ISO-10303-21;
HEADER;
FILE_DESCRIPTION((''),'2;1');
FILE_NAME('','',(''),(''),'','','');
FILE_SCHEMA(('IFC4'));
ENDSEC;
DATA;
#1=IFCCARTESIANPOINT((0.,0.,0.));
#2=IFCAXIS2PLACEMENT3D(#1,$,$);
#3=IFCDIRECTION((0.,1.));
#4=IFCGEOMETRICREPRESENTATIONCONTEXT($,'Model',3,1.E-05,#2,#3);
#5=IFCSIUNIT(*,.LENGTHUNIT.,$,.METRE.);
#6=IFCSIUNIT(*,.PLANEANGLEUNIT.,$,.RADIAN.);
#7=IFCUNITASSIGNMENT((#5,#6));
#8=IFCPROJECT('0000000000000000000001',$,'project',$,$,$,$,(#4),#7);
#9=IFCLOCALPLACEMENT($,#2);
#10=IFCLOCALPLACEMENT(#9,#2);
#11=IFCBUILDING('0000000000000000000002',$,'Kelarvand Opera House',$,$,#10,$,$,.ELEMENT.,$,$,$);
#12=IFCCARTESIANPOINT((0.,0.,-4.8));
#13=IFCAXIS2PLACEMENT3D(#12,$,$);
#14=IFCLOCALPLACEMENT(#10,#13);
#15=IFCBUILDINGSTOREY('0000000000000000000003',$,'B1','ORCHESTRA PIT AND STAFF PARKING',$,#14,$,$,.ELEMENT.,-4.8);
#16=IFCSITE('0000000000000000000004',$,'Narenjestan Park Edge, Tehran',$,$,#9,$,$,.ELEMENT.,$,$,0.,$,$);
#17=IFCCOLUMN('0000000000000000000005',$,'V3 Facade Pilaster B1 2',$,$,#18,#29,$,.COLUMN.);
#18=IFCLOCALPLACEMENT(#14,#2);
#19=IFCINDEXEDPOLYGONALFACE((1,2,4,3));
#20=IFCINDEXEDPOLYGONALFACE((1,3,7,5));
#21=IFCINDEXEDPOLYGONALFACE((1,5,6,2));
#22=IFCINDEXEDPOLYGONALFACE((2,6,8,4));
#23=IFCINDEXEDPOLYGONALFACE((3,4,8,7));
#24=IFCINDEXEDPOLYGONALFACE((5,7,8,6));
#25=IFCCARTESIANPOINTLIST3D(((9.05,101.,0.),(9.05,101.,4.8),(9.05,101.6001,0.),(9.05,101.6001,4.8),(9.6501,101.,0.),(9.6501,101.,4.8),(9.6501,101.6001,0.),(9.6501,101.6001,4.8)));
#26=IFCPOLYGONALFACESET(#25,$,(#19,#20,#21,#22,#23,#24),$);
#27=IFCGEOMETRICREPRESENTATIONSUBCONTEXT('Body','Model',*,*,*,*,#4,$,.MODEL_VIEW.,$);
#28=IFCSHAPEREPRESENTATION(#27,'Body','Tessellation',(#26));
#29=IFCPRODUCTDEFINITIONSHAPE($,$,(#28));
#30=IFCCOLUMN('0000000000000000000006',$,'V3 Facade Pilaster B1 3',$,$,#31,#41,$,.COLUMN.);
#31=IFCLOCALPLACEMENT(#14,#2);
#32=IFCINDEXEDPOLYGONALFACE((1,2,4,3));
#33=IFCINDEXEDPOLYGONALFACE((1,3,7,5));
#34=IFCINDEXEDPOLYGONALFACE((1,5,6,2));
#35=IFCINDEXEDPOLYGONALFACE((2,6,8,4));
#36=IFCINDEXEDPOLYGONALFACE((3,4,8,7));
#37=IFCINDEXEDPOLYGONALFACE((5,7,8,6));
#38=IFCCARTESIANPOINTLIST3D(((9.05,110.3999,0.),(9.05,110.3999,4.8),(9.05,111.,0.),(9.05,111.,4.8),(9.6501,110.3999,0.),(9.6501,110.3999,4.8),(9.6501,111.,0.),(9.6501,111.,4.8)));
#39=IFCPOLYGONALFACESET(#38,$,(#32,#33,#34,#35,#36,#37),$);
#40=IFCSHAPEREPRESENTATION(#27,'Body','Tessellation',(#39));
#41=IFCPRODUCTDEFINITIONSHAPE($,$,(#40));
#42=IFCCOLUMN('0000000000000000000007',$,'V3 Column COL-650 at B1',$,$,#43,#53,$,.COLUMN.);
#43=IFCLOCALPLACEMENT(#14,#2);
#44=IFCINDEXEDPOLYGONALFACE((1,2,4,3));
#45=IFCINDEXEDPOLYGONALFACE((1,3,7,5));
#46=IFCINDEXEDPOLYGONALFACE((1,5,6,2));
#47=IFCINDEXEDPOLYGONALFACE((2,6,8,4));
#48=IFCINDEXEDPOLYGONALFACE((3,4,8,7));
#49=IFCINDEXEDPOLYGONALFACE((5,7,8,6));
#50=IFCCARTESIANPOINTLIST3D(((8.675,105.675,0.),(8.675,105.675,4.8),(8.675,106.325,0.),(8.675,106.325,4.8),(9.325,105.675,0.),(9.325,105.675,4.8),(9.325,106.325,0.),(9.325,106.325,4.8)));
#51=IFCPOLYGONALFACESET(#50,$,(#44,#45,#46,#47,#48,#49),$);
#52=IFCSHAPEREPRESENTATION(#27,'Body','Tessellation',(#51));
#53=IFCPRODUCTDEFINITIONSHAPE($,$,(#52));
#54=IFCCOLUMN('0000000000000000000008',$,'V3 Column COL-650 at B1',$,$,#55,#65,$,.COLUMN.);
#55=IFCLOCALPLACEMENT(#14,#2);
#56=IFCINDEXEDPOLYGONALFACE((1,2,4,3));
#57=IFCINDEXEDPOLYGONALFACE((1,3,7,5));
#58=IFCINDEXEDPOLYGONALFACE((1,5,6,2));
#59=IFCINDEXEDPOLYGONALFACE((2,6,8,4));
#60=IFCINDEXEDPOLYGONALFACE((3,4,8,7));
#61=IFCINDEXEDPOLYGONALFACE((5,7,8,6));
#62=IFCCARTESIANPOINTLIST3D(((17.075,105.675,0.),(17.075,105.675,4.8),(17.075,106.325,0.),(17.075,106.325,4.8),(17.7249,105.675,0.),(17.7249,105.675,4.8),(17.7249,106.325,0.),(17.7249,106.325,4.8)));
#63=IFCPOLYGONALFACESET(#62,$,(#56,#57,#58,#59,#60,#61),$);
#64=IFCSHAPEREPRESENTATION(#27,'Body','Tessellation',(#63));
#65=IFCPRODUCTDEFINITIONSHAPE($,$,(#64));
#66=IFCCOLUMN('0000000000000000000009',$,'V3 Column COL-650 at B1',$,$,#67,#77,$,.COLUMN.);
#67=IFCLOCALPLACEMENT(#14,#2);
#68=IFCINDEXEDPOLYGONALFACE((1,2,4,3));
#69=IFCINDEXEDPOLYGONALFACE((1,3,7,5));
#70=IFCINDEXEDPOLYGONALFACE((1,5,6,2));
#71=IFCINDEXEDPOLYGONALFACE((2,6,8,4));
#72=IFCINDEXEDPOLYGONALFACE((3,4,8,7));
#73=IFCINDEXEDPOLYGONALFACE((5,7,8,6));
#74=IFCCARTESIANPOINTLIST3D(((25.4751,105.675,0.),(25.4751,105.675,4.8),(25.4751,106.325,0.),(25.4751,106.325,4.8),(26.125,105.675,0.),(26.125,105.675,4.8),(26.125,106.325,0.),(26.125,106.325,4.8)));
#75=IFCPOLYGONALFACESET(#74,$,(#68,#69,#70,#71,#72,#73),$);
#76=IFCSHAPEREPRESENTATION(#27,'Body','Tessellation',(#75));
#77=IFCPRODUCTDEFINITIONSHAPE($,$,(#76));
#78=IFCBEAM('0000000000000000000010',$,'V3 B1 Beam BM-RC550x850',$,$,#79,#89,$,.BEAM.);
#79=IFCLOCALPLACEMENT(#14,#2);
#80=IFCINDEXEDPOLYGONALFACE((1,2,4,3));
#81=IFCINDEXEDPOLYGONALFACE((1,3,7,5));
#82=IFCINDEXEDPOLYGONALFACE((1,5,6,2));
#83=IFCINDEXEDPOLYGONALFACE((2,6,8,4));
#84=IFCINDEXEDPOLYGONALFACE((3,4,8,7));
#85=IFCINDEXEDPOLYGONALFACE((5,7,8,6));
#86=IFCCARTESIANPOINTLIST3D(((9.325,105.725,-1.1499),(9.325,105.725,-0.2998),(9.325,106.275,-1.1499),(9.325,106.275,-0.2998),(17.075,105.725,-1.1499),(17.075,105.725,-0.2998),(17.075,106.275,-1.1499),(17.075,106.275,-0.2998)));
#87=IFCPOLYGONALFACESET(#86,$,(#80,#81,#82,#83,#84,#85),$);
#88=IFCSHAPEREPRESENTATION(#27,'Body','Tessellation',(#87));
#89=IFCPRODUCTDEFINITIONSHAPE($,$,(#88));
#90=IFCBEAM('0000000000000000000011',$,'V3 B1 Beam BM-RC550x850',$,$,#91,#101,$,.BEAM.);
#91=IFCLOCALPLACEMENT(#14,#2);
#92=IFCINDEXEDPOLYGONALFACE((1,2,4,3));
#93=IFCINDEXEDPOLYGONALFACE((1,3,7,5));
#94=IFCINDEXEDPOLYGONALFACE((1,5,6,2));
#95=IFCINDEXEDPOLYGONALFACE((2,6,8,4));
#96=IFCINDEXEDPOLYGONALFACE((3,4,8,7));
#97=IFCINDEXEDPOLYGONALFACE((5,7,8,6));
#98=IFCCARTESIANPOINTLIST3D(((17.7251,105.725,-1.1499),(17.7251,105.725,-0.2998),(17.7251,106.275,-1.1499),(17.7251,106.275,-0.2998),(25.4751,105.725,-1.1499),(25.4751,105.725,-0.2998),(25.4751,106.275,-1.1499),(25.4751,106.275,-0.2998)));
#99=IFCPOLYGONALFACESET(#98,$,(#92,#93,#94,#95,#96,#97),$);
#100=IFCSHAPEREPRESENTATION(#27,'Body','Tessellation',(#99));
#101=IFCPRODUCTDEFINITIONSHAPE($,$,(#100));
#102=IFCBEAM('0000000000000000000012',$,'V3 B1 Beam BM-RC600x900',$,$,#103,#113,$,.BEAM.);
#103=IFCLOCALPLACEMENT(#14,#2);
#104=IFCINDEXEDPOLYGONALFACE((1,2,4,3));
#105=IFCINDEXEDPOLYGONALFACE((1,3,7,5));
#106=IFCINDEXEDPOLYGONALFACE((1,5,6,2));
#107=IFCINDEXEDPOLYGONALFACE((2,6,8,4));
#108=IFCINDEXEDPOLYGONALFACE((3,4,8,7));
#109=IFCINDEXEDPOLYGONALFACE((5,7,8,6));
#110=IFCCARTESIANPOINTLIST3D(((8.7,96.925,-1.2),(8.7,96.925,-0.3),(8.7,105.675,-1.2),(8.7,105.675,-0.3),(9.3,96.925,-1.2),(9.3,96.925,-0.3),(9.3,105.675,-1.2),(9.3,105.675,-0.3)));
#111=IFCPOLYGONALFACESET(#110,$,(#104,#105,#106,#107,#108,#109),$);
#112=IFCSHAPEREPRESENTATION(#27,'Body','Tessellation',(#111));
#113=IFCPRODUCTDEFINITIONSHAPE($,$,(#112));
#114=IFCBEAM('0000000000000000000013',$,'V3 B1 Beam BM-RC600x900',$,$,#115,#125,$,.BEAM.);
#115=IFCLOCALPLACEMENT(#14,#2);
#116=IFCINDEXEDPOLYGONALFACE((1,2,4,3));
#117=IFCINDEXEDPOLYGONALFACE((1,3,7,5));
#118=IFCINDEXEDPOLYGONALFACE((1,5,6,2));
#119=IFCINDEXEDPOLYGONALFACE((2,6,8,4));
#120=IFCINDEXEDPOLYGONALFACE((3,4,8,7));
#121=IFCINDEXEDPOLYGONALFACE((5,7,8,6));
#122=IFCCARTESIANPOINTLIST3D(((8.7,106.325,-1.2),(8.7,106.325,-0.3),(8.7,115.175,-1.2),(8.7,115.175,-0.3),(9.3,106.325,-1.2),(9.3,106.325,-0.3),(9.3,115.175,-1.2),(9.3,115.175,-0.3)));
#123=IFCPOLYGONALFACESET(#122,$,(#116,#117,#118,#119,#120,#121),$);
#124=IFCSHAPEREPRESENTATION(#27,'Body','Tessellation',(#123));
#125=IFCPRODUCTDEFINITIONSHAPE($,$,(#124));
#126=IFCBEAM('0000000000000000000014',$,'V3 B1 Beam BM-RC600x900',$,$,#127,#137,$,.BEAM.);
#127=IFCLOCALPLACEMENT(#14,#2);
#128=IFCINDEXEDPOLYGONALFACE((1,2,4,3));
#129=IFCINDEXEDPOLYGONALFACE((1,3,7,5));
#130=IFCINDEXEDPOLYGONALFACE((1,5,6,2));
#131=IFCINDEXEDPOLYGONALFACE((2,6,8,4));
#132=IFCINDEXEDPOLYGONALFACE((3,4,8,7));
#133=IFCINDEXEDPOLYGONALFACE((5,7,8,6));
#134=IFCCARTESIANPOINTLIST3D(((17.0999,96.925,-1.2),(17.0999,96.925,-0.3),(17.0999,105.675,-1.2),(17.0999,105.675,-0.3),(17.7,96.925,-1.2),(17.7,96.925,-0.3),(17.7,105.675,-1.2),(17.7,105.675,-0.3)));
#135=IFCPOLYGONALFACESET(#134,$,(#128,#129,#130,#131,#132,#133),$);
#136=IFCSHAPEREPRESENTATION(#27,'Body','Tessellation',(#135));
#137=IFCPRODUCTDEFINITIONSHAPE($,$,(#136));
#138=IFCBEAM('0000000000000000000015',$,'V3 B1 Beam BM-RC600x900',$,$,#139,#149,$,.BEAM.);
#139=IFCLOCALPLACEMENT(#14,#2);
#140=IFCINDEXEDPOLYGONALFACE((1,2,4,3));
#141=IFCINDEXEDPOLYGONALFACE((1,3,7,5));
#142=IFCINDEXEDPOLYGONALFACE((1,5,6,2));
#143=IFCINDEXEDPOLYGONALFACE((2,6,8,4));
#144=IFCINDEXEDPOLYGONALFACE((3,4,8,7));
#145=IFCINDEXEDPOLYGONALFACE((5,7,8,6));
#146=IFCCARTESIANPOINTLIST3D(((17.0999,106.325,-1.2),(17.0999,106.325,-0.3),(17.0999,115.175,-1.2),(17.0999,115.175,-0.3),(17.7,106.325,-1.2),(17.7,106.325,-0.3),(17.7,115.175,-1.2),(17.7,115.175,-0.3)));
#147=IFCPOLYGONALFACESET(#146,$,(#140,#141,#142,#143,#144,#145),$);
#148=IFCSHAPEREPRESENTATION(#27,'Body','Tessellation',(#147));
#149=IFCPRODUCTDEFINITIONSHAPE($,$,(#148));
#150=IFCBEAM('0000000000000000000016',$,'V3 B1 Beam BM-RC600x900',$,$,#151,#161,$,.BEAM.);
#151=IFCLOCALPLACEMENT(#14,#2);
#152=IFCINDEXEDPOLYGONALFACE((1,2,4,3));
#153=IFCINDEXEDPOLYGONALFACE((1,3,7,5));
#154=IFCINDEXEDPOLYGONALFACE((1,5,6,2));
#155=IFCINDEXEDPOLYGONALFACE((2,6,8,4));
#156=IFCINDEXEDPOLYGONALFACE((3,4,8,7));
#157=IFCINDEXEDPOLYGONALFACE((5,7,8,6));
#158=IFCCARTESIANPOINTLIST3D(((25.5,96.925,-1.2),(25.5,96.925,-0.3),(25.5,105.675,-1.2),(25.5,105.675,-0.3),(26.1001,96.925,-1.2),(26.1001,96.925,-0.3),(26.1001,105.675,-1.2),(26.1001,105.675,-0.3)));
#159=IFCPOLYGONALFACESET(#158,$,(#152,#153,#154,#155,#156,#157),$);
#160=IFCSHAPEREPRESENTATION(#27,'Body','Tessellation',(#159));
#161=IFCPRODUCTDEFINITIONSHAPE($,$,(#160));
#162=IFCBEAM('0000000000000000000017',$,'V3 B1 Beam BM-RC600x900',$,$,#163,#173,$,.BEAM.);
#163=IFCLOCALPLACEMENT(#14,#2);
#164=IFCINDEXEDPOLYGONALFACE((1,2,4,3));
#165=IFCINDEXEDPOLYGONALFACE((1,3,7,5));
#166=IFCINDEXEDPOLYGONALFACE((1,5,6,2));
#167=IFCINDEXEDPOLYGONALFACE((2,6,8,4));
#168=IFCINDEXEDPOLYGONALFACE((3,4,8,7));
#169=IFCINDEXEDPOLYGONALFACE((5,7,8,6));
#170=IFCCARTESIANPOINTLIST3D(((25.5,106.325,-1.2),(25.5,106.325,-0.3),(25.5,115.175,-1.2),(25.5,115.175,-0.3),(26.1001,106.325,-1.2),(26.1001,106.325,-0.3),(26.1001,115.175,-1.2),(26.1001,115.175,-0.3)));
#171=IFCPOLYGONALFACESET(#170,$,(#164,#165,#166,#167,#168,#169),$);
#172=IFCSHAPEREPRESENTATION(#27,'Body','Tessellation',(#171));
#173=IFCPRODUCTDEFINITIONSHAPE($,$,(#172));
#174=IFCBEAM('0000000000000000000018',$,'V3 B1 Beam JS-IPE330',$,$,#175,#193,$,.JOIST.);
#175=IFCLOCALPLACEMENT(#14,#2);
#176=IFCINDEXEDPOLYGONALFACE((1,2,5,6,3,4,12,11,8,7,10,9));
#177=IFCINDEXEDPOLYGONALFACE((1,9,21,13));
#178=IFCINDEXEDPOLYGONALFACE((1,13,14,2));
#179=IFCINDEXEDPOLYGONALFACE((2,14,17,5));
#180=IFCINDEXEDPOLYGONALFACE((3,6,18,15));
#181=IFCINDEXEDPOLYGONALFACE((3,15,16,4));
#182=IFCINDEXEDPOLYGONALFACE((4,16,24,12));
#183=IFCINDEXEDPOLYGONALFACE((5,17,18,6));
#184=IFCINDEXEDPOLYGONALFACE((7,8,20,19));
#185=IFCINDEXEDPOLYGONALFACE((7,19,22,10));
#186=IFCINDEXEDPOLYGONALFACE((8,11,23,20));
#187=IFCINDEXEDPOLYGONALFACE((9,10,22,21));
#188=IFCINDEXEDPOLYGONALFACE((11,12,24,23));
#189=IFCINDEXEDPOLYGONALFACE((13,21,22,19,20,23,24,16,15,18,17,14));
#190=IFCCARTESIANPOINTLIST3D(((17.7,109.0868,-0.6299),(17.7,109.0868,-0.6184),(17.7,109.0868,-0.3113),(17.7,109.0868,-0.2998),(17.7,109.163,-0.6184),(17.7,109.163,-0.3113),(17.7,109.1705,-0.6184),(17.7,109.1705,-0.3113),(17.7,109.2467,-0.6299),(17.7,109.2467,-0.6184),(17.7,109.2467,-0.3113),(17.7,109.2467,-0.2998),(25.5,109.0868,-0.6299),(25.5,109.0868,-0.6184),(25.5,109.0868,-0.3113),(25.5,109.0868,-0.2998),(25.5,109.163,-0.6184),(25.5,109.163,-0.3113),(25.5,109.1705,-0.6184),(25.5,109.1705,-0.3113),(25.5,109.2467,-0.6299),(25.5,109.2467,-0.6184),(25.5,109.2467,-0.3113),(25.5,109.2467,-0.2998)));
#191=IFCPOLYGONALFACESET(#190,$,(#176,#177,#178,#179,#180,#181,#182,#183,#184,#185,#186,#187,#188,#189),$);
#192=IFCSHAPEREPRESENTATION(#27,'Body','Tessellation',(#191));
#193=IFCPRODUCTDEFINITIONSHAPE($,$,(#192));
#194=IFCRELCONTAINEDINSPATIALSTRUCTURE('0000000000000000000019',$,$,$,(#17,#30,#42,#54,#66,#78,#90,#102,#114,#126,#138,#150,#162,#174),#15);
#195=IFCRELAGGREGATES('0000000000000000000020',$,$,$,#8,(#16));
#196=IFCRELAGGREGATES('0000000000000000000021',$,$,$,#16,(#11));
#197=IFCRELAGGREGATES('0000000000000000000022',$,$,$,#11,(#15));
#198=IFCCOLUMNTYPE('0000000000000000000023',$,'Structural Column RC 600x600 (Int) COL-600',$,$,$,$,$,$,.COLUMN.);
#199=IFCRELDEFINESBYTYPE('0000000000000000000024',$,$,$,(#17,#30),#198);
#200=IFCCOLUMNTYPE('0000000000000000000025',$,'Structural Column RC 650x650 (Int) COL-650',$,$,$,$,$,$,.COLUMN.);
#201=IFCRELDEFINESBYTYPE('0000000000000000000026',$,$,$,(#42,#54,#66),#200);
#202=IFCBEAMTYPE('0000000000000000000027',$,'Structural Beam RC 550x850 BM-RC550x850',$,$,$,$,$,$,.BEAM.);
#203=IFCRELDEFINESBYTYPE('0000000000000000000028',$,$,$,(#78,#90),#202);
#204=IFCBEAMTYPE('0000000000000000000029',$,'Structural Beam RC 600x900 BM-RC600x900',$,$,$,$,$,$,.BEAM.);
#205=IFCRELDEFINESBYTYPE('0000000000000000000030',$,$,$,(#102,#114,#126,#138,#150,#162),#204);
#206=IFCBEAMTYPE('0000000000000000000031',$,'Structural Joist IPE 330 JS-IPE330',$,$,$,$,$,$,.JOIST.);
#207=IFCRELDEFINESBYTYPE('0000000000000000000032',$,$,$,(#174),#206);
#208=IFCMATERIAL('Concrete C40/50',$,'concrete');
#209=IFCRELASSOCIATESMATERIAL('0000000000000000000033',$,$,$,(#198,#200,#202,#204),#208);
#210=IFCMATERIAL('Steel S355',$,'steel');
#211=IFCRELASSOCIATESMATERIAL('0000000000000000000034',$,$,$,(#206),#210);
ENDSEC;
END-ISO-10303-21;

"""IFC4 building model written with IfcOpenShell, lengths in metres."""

from ifc_helpers import new_model, si_unit, direction, frame, origin, origin_2d, place, context, subcontext, project, spatial, rectangle, i_section, extrude, material, material_profile, profile_set, type_object, element, save


model = new_model("IFC4")

# Units and contexts
model_context = context("Model", 3, precision=1e-05, world=origin(), true_north=direction((0.0, 1.0)))
body_context = subcontext(model_context, "Body", "Model", "MODEL_VIEW")
ifc_project = project(units=[si_unit("LENGTHUNIT", "METRE"), si_unit("PLANEANGLEUNIT", "RADIAN")], contexts=[model_context])

# Site, building, storey
site_placement = place(None, origin())
site = spatial("IfcSite", under=ifc_project, at=site_placement, Name="Narenjestan Park Edge, Tehran", CompositionType="ELEMENT", RefElevation=0.0)
building_placement = place(site_placement, origin())
building = spatial("IfcBuilding", under=site, at=building_placement, Name="Kelarvand Opera House", CompositionType="ELEMENT")
storey_placement = place(building_placement, frame((0.0, 0.0, -4.8)))
storey = spatial("IfcBuildingStorey", under=building, at=storey_placement, Name="B1", Description="ORCHESTRA PIT AND STAFF PARKING", CompositionType="ELEMENT", Elevation=-4.8)

# Columns
ifc_material_1 = material(Name="Concrete C40/50", Category="concrete")
ifc_material_profile_1 = material_profile(ifc_material_1, rectangle(XDim=0.6001, YDim=0.6001, at=origin_2d()), Name="RC 600x600", Category="concrete")
ifc_profile_set_1 = profile_set([ifc_material_profile_1], Name="Concrete C40/50")
column_type_1 = type_object("IfcColumnType", Name="Structural Column RC 600x600 (Int) COL-600", PredefinedType="COLUMN", material=ifc_profile_set_1)
for number, where, z_axis, x_axis, name in (
    (1, (9.3501, 101.3, 0.0), (0.0, 0.0, 1.0), (1.0, 0.0, 0.0), "V3 Facade Pilaster B1 2"),
    (2, (9.3501, 110.7, 0.0), (0.0, 0.0, 1.0), (1.0, 0.0, 0.0), "V3 Facade Pilaster B1 3"),
):
    element("IfcColumn", number, at=place(storey_placement, frame(where, z_axis=z_axis, x_axis=x_axis)), inside=storey, type_object=column_type_1, Name=name, PredefinedType="COLUMN", context=body_context, shape_type="SweptSolid", body=[
        extrude(rectangle(XDim=0.6001, YDim=0.6001, at=origin_2d()), origin(), (0.0, 0.0, 1.0), 4.8),
    ])
ifc_material_profile_2 = material_profile(ifc_material_1, rectangle(XDim=0.6499, YDim=0.6499, at=origin_2d()), Name="RC 650x650", Category="concrete")
ifc_profile_set_2 = profile_set([ifc_material_profile_2], Name="Concrete C40/50")
column_type_2 = type_object("IfcColumnType", Name="Structural Column RC 650x650 (Int) COL-650", PredefinedType="COLUMN", material=ifc_profile_set_2)
for number, where, z_axis, x_axis, name in (
    (3, (9.0, 106.0, 0.0), (0.0, 0.0, 1.0), (1.0, 0.0, 0.0), "V3 Column COL-650 at B1"),
    (4, (17.3999, 106.0, 0.0), (0.0, 0.0, 1.0), (1.0, 0.0, 0.0), "V3 Column COL-650 at B1"),
    (5, (25.8, 106.0, 0.0), (0.0, 0.0, 1.0), (1.0, 0.0, 0.0), "V3 Column COL-650 at B1"),
):
    element("IfcColumn", number, at=place(storey_placement, frame(where, z_axis=z_axis, x_axis=x_axis)), inside=storey, type_object=column_type_2, Name=name, PredefinedType="COLUMN", context=body_context, shape_type="SweptSolid", body=[
        extrude(rectangle(XDim=0.6499, YDim=0.6499, at=origin_2d()), origin(), (0.0, 0.0, 1.0), 4.8),
    ])

# Beams
ifc_material_profile_3 = material_profile(ifc_material_1, rectangle(XDim=0.55, YDim=0.8501, at=origin_2d()), Name="RC 550x850", Category="concrete")
ifc_profile_set_3 = profile_set([ifc_material_profile_3], Name="Concrete C40/50")
beam_type_1 = type_object("IfcBeamType", Name="Structural Beam RC 550x850 BM-RC550x850", PredefinedType="BEAM", material=ifc_profile_set_3)
for number, where, z_axis, x_axis, name in (
    (6, (9.325, 106.0, -0.7249), (1.0, 0.0, 0.0), (0.0, 1.0, 0.0), "V3 B1 Beam BM-RC550x850"),
    (7, (17.7251, 106.0, -0.7249), (1.0, 0.0, 0.0), (0.0, 1.0, 0.0), "V3 B1 Beam BM-RC550x850"),
):
    element("IfcBeam", number, at=place(storey_placement, frame(where, z_axis=z_axis, x_axis=x_axis)), inside=storey, type_object=beam_type_1, Name=name, PredefinedType="BEAM", context=body_context, shape_type="SweptSolid", body=[
        extrude(rectangle(XDim=0.55, YDim=0.8501, at=origin_2d()), origin(), (0.0, 0.0, 1.0), 7.75),
    ])
ifc_material_profile_4 = material_profile(ifc_material_1, rectangle(XDim=0.6001, YDim=0.8999, at=origin_2d()), Name="RC 600x900", Category="concrete")
ifc_profile_set_4 = profile_set([ifc_material_profile_4], Name="Concrete C40/50")
beam_type_2 = type_object("IfcBeamType", Name="Structural Beam RC 600x900 BM-RC600x900", PredefinedType="BEAM", material=ifc_profile_set_4)
beam_1_placement = place(storey_placement, frame((9.0, 96.925, -0.75), z_axis=(0.0, 1.0, 0.0), x_axis=(-1.0, 0.0, 0.0)))
element("IfcBeam", 8, at=beam_1_placement, inside=storey, type_object=beam_type_2, Name="V3 B1 Beam BM-RC600x900", PredefinedType="BEAM", context=body_context, shape_type="SweptSolid", body=[
    extrude(rectangle(XDim=0.6001, YDim=0.8999, at=origin_2d()), origin(), (0.0, 0.0, 1.0), 8.75),
])
beam_2_placement = place(storey_placement, frame((9.0, 106.325, -0.75), z_axis=(0.0, 1.0, 0.0), x_axis=(-1.0, 0.0, 0.0)))
element("IfcBeam", 9, at=beam_2_placement, inside=storey, type_object=beam_type_2, Name="V3 B1 Beam BM-RC600x900", PredefinedType="BEAM", context=body_context, shape_type="SweptSolid", body=[
    extrude(rectangle(XDim=0.6001, YDim=0.8999, at=origin_2d()), origin(), (0.0, 0.0, 1.0), 8.8501),
])
beam_3_placement = place(storey_placement, frame((17.3999, 96.925, -0.75), z_axis=(0.0, 1.0, 0.0), x_axis=(-1.0, 0.0, 0.0)))
element("IfcBeam", 10, at=beam_3_placement, inside=storey, type_object=beam_type_2, Name="V3 B1 Beam BM-RC600x900", PredefinedType="BEAM", context=body_context, shape_type="SweptSolid", body=[
    extrude(rectangle(XDim=0.6001, YDim=0.8999, at=origin_2d()), origin(), (0.0, 0.0, 1.0), 8.75),
])
beam_4_placement = place(storey_placement, frame((17.3999, 106.325, -0.75), z_axis=(0.0, 1.0, 0.0), x_axis=(-1.0, 0.0, 0.0)))
element("IfcBeam", 11, at=beam_4_placement, inside=storey, type_object=beam_type_2, Name="V3 B1 Beam BM-RC600x900", PredefinedType="BEAM", context=body_context, shape_type="SweptSolid", body=[
    extrude(rectangle(XDim=0.6001, YDim=0.8999, at=origin_2d()), origin(), (0.0, 0.0, 1.0), 8.8501),
])
beam_5_placement = place(storey_placement, frame((25.8, 96.925, -0.75), z_axis=(0.0, 1.0, 0.0), x_axis=(-1.0, 0.0, 0.0)))
element("IfcBeam", 12, at=beam_5_placement, inside=storey, type_object=beam_type_2, Name="V3 B1 Beam BM-RC600x900", PredefinedType="BEAM", context=body_context, shape_type="SweptSolid", body=[
    extrude(rectangle(XDim=0.6001, YDim=0.8999, at=origin_2d()), origin(), (0.0, 0.0, 1.0), 8.75),
])
beam_6_placement = place(storey_placement, frame((25.8, 106.325, -0.75), z_axis=(0.0, 1.0, 0.0), x_axis=(-1.0, 0.0, 0.0)))
element("IfcBeam", 13, at=beam_6_placement, inside=storey, type_object=beam_type_2, Name="V3 B1 Beam BM-RC600x900", PredefinedType="BEAM", context=body_context, shape_type="SweptSolid", body=[
    extrude(rectangle(XDim=0.6001, YDim=0.8999, at=origin_2d()), origin(), (0.0, 0.0, 1.0), 8.8501),
])
ifc_material_2 = material(Name="Steel S355", Category="steel")
ifc_material_profile_5 = material_profile(ifc_material_2, i_section(OverallWidth=0.1599, OverallDepth=0.3301, WebThickness=0.0076, FlangeThickness=0.0115, at=origin_2d()), Name="IPE 330", Category="steel")
ifc_profile_set_5 = profile_set([ifc_material_profile_5], Name="Steel S355")
beam_type_3 = type_object("IfcBeamType", Name="Structural Joist IPE 330 JS-IPE330", PredefinedType="JOIST", material=ifc_profile_set_5)
beam_7_placement = place(storey_placement, frame((17.7, 109.1667, -0.4648), z_axis=(1.0, 0.0, 0.0), x_axis=(0.0, 1.0, 0.0)))
element("IfcBeam", 14, at=beam_7_placement, inside=storey, type_object=beam_type_3, Name="V3 B1 Beam JS-IPE330", PredefinedType="JOIST", context=body_context, shape_type="SweptSolid", body=[
    extrude(i_section(OverallWidth=0.1599, OverallDepth=0.3301, WebThickness=0.0076, FlangeThickness=0.0115, at=origin_2d()), origin(), (0.0, 0.0, 1.0), 7.8),
])

save(model, "model.ifc")
